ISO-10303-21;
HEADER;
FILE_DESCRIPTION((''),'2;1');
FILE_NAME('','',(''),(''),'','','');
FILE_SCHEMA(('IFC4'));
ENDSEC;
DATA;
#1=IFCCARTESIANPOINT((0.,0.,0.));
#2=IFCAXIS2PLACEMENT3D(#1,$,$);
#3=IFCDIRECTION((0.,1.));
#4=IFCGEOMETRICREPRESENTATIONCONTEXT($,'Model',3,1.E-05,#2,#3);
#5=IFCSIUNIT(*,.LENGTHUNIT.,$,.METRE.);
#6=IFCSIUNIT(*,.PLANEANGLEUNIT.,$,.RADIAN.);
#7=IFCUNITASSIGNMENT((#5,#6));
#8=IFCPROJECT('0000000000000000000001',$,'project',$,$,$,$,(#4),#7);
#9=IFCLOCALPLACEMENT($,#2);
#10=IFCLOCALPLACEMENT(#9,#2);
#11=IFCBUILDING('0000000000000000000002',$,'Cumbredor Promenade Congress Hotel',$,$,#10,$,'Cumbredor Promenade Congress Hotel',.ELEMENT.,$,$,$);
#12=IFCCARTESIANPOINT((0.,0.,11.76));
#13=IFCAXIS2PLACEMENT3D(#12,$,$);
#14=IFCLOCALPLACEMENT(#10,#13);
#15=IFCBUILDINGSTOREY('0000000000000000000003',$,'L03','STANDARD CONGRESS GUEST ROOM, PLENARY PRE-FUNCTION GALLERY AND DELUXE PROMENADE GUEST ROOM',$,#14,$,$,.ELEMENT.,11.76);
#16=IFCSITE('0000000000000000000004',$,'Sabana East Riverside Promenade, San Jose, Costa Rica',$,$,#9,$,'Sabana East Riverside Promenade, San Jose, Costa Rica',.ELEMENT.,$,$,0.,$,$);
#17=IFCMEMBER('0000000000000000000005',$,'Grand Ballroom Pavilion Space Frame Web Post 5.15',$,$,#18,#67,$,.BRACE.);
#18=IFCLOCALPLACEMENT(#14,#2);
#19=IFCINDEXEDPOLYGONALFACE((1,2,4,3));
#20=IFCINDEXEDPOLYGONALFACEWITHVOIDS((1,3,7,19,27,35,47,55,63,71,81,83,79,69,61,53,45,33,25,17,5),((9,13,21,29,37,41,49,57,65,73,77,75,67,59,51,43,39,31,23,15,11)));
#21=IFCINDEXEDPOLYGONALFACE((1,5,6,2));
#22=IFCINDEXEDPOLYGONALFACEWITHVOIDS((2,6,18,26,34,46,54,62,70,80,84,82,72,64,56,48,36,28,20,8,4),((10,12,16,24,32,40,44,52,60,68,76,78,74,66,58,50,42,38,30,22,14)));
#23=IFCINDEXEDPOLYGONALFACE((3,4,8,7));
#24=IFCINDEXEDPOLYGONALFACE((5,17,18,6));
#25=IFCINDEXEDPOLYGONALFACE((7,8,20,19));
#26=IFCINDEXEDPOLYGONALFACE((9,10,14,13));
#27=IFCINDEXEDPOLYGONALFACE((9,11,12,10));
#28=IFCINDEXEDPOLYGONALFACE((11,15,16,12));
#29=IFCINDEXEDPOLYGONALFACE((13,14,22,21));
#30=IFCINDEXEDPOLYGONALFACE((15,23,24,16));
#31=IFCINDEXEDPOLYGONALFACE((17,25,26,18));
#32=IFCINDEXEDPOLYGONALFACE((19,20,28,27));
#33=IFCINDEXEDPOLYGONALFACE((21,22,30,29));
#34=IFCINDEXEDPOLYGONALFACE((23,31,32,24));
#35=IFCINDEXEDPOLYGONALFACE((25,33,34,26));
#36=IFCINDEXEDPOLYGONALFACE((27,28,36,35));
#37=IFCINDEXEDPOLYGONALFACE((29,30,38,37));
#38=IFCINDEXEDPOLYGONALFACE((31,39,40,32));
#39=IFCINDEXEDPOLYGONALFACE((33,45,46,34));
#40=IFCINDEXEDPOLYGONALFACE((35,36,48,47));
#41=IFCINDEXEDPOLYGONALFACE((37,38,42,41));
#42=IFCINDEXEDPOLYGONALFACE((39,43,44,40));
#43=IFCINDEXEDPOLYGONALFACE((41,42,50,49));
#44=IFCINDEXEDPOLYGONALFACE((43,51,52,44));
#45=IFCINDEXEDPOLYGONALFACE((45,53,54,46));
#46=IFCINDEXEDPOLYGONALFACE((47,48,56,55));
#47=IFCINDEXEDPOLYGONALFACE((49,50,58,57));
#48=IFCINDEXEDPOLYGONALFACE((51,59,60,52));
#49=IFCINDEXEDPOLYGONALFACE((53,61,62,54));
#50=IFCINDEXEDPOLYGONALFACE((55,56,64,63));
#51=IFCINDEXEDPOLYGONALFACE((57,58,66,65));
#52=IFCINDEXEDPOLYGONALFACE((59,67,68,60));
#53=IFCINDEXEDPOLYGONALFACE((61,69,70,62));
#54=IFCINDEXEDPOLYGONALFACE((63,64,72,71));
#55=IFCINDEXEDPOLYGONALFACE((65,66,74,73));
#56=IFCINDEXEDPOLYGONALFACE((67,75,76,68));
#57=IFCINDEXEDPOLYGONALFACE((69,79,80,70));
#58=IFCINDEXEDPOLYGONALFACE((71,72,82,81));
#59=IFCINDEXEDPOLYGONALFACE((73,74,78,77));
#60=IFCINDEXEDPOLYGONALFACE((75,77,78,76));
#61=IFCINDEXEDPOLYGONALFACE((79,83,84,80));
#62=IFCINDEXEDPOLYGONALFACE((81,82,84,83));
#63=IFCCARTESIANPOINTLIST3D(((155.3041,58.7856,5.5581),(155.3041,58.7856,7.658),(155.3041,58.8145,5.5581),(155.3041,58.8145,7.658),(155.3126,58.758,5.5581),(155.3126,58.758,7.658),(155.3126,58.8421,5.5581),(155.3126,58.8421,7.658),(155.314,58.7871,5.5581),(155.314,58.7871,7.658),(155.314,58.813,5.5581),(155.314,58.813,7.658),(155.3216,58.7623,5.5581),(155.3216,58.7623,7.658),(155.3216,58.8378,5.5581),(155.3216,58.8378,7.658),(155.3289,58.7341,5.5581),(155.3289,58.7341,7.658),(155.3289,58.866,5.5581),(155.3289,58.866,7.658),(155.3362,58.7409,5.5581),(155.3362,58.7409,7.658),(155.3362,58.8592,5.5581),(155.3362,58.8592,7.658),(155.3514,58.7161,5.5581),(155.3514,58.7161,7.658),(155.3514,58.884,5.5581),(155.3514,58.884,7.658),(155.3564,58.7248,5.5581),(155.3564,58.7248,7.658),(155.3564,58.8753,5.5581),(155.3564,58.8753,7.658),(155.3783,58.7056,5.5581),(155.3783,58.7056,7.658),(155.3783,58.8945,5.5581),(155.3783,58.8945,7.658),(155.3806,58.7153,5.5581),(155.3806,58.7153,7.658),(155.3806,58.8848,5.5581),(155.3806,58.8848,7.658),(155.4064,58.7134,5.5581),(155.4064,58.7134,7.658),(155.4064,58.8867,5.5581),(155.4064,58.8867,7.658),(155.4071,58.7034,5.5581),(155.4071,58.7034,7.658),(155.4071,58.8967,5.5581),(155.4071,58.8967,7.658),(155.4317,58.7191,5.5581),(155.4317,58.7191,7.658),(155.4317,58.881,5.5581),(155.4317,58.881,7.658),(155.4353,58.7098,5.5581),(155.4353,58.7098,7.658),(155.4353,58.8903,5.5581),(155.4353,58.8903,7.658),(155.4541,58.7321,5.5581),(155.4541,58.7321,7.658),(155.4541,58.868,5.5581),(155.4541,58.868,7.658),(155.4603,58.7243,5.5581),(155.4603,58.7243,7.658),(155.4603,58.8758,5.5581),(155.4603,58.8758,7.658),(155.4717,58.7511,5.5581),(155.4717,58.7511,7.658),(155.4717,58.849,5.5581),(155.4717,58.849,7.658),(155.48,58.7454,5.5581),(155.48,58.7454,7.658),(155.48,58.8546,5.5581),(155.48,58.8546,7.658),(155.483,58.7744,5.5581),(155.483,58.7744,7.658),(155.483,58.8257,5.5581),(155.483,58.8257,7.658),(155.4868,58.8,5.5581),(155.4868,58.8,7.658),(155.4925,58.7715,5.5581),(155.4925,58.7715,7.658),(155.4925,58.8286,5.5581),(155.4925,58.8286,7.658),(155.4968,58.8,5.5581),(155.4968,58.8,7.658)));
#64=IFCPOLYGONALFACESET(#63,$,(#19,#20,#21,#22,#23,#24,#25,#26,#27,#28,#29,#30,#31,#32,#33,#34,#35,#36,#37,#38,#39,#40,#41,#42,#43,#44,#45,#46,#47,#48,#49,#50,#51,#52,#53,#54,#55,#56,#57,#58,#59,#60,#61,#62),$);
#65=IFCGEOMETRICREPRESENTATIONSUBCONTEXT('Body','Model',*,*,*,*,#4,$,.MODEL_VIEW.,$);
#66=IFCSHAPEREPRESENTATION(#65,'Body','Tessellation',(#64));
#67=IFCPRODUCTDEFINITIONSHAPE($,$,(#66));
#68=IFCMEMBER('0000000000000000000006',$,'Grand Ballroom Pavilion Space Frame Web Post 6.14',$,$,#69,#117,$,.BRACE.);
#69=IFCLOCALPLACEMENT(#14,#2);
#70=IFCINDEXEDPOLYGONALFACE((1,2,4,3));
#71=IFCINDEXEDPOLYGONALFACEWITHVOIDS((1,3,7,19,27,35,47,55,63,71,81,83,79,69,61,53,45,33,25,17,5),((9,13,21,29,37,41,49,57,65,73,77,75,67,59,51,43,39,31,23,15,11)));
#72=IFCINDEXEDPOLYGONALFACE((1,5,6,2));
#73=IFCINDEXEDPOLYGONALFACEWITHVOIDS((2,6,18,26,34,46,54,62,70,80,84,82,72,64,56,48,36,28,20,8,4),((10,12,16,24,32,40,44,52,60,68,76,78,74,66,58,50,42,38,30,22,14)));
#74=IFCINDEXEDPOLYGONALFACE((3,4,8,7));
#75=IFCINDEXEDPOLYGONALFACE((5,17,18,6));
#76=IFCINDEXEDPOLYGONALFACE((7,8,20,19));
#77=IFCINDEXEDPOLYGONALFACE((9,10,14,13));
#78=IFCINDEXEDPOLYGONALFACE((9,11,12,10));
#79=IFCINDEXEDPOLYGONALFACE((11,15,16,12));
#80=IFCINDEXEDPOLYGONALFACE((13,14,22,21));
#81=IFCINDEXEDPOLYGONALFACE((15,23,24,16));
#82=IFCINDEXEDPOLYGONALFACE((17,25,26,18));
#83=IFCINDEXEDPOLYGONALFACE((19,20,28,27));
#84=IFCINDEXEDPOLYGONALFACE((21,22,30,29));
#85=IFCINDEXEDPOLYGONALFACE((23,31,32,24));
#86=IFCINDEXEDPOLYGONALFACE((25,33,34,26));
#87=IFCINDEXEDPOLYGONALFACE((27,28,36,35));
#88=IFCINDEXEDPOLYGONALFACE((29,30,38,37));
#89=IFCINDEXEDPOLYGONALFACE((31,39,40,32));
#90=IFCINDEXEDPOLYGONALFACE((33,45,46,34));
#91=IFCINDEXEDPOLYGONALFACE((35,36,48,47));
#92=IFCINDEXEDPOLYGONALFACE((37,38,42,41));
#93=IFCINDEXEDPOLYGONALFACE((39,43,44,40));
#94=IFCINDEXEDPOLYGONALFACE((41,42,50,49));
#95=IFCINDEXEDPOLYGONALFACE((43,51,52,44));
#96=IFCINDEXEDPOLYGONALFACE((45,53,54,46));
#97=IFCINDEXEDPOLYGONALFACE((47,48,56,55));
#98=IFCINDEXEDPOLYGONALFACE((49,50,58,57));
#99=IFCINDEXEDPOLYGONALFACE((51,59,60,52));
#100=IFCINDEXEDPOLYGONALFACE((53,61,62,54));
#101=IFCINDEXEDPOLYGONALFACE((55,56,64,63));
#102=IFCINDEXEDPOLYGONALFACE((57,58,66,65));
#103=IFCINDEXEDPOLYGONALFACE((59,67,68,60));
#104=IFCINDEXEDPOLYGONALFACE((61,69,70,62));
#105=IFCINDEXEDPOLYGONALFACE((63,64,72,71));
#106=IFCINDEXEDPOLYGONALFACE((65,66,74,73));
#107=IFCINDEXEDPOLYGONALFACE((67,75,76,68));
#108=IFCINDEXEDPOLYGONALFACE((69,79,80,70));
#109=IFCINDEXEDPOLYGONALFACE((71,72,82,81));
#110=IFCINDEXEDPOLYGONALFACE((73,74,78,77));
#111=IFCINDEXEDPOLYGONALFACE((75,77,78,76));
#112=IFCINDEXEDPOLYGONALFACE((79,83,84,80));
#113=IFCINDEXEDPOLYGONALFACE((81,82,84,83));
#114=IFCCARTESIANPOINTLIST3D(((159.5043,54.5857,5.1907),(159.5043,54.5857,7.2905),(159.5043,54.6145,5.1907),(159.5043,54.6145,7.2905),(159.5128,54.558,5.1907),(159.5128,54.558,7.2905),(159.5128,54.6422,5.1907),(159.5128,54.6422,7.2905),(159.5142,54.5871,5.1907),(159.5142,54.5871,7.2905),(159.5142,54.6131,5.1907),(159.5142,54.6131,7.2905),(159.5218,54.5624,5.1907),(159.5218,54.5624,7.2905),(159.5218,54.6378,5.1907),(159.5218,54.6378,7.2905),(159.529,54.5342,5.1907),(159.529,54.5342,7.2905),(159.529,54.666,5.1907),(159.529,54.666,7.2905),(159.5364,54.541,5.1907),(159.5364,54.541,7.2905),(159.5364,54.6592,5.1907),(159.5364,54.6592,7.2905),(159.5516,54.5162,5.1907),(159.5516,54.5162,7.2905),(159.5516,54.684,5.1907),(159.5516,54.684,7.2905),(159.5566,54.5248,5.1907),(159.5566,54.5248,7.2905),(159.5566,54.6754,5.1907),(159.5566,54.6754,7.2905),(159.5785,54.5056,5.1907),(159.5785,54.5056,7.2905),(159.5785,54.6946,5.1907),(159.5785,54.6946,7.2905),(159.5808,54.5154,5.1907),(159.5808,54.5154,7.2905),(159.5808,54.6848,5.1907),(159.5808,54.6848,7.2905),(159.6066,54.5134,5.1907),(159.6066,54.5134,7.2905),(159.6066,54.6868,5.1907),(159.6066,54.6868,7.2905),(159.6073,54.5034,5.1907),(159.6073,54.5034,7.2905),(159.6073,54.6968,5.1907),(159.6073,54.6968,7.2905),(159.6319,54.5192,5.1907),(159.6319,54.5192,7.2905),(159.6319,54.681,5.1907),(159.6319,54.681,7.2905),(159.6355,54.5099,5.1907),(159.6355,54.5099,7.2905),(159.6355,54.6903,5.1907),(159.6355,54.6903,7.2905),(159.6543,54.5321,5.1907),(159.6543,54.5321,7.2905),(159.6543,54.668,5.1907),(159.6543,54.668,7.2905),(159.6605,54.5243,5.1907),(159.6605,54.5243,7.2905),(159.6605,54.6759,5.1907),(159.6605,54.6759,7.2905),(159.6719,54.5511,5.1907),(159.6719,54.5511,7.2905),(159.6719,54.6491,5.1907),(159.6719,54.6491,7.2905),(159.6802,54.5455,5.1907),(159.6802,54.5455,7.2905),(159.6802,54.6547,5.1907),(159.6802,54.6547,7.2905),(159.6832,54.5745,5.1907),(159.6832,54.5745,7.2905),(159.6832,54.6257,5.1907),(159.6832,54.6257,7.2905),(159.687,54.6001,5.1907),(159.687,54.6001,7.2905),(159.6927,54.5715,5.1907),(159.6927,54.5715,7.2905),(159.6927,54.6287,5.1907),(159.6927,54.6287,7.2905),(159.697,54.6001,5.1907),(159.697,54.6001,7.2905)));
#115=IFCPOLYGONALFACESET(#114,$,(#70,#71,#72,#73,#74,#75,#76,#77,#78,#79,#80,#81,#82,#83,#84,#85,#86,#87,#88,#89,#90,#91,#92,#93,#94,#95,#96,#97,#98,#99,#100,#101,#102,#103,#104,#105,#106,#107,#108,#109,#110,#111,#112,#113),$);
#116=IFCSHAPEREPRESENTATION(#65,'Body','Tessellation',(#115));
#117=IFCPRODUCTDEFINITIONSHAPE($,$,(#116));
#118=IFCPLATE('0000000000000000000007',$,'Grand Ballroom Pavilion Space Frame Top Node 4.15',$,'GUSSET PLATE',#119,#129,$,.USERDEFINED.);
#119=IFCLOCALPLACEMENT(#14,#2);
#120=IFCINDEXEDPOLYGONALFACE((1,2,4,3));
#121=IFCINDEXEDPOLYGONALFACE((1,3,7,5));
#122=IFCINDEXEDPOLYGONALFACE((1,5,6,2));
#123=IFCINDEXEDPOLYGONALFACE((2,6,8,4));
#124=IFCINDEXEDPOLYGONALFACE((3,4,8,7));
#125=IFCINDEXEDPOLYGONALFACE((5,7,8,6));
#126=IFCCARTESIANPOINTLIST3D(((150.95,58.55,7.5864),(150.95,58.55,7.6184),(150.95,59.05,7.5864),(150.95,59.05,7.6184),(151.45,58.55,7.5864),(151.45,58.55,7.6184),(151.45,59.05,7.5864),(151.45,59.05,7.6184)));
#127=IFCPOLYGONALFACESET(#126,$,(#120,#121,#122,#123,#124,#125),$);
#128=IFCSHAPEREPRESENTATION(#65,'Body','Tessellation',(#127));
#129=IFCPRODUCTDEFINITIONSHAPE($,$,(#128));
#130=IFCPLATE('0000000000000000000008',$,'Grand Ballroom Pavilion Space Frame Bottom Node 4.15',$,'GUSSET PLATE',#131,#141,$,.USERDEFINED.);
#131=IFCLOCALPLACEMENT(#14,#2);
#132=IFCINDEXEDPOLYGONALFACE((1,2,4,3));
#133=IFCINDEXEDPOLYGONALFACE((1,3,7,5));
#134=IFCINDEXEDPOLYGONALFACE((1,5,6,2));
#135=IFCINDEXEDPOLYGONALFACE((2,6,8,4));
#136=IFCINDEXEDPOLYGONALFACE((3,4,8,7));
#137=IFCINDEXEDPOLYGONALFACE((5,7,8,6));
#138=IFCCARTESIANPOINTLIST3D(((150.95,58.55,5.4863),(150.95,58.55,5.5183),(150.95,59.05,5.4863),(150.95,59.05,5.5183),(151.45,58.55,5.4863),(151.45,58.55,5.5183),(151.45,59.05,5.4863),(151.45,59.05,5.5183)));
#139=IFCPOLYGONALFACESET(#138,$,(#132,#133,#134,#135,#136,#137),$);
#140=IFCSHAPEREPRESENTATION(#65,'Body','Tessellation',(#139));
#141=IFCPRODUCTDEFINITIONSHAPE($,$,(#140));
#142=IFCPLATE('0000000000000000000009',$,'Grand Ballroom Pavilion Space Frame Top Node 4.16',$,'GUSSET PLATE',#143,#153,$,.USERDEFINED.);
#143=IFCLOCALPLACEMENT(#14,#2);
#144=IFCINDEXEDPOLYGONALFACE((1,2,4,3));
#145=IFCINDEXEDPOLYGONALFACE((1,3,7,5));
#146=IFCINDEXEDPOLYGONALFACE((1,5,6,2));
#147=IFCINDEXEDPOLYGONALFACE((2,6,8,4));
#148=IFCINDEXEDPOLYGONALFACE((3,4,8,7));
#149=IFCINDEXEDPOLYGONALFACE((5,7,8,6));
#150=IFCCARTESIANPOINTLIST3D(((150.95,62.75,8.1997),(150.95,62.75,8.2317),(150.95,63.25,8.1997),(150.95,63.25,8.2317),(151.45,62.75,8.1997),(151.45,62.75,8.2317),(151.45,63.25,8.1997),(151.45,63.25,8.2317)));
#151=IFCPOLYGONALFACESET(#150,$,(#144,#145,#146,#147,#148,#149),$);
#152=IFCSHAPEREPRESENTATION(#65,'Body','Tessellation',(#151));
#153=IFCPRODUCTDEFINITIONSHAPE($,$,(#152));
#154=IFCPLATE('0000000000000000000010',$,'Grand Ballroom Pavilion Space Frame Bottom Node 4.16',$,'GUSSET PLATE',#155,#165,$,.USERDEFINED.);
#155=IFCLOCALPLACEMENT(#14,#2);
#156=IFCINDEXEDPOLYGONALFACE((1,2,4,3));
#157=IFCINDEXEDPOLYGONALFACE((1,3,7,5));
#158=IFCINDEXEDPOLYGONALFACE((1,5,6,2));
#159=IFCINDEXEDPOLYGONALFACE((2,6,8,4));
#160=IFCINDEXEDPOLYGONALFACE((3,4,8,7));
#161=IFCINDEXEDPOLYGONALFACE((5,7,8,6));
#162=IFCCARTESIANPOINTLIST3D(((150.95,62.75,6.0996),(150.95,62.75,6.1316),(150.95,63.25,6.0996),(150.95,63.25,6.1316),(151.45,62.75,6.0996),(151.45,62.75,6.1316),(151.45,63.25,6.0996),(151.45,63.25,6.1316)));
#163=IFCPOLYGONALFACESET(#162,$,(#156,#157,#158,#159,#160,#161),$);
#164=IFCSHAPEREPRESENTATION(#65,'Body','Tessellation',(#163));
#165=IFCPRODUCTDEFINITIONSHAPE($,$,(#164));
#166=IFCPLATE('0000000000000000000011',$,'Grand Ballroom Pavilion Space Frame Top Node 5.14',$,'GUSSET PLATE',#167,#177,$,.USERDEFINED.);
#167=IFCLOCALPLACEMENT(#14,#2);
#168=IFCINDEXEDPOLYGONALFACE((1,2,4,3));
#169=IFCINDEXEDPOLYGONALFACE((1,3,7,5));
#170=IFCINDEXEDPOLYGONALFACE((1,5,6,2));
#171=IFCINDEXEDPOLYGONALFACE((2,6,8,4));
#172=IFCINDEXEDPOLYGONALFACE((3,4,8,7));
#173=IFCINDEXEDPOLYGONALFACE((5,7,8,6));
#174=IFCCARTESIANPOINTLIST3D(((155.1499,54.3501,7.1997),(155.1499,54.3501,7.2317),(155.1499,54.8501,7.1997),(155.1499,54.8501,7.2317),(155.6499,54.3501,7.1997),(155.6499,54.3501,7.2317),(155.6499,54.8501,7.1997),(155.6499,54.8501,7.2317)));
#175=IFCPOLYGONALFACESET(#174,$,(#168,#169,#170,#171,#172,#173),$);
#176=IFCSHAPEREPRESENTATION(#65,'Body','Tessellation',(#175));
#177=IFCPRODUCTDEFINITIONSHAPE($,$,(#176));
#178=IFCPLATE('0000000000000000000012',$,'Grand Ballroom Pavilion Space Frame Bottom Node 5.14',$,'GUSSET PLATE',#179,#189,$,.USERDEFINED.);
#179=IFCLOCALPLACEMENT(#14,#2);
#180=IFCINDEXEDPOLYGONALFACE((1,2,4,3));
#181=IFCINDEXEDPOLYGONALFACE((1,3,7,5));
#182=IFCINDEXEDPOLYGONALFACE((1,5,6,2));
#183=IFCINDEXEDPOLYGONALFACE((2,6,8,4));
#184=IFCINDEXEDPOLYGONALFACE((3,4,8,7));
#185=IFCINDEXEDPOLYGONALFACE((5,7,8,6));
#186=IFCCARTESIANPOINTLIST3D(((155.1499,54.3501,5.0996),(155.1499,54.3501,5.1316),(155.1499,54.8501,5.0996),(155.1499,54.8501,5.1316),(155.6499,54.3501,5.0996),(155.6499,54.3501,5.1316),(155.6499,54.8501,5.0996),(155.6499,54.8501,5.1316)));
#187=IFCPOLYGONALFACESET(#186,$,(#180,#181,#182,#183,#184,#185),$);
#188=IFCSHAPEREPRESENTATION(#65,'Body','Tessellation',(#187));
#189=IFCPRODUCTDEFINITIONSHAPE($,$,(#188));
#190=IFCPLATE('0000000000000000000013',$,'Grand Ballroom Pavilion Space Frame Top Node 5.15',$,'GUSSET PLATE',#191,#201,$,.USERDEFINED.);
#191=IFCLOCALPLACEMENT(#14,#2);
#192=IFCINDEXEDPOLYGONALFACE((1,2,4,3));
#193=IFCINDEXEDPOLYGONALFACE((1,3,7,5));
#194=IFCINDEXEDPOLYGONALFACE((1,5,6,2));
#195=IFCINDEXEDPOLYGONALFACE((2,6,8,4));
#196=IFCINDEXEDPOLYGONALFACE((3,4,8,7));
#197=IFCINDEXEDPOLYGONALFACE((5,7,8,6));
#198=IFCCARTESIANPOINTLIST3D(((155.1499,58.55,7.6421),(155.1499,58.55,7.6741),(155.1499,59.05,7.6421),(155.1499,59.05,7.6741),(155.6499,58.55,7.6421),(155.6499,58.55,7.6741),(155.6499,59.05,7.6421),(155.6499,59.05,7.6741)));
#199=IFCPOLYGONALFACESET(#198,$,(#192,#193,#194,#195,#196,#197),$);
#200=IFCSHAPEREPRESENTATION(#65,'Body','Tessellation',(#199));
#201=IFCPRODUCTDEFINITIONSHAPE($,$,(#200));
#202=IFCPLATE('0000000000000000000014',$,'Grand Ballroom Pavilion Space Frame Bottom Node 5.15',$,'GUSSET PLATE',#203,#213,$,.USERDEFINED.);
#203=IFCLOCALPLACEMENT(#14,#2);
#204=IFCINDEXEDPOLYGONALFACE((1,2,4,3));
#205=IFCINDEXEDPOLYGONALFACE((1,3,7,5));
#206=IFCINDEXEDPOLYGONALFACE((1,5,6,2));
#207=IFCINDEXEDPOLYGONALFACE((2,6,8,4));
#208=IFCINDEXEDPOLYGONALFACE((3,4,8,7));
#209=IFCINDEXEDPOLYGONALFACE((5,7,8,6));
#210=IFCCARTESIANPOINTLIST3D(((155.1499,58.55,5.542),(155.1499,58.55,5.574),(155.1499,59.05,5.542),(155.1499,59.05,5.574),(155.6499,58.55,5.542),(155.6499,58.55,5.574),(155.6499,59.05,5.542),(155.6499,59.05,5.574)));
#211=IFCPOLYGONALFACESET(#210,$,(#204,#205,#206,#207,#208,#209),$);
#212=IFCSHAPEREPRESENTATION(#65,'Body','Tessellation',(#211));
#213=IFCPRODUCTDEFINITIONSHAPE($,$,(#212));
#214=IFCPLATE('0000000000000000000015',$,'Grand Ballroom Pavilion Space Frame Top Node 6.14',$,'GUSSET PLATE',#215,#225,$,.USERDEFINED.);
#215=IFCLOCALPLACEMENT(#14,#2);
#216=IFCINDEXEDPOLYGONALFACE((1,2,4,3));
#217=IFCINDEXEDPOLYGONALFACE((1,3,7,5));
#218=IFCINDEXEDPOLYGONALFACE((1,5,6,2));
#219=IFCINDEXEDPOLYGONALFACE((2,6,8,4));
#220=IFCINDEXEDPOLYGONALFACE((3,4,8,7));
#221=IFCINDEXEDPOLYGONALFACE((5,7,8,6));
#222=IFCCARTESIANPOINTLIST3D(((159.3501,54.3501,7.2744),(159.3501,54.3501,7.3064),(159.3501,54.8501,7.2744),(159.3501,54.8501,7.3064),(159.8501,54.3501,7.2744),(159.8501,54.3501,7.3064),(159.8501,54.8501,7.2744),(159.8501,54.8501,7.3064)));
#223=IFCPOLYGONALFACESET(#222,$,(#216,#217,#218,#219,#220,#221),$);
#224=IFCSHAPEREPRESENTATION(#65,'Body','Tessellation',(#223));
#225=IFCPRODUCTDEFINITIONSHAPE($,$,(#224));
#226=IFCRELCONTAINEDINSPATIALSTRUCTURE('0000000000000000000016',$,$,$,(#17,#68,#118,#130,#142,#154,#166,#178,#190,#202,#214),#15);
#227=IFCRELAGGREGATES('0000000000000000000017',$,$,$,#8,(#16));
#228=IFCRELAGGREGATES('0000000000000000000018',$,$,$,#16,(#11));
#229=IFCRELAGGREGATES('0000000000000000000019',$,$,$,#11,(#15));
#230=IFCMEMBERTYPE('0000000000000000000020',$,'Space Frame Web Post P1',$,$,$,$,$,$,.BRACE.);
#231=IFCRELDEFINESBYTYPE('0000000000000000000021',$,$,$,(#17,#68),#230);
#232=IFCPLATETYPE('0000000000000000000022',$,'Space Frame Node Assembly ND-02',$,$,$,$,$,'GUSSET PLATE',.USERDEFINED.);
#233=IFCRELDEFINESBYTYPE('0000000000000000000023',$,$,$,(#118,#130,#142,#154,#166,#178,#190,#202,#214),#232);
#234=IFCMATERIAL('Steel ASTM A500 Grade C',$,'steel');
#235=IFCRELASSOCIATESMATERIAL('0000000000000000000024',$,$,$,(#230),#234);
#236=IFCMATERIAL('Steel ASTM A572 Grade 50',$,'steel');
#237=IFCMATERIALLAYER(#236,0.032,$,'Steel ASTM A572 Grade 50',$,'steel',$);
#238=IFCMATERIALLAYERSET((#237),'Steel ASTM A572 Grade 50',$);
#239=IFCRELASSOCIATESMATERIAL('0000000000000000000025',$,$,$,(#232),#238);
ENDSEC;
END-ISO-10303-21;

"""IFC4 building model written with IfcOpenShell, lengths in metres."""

from ifc_helpers import new_model, si_unit, direction, frame, origin, origin_2d, place, context, subcontext, project, spatial, rectangle, hollow_circle, extrude, material, layer, layer_set, material_profile, profile_set, type_object, element, save


model = new_model("IFC4")

# Units and contexts
model_context = context("Model", 3, precision=1e-05, world=origin(), true_north=direction((0.0, 1.0)))
body_context = subcontext(model_context, "Body", "Model", "MODEL_VIEW")
ifc_project = project(units=[si_unit("LENGTHUNIT", "METRE"), si_unit("PLANEANGLEUNIT", "RADIAN")], contexts=[model_context])

# Site, building, storey
site_placement = place(None, origin())
site = spatial("IfcSite", under=ifc_project, at=site_placement, Name="Sabana East Riverside Promenade, San Jose, Costa Rica", LongName="Sabana East Riverside Promenade, San Jose, Costa Rica", CompositionType="ELEMENT", RefElevation=0.0)
building_placement = place(site_placement, origin())
building = spatial("IfcBuilding", under=site, at=building_placement, Name="Cumbredor Promenade Congress Hotel", LongName="Cumbredor Promenade Congress Hotel", CompositionType="ELEMENT")
storey_placement = place(building_placement, frame((0.0, 0.0, 11.76)))
storey = spatial("IfcBuildingStorey", under=building, at=storey_placement, Name="L03", Description="STANDARD CONGRESS GUEST ROOM, PLENARY PRE-FUNCTION GALLERY AND DELUXE PROMENADE GUEST ROOM", CompositionType="ELEMENT", Elevation=11.76)

# Members
ifc_material_1 = material(Name="Steel ASTM A500 Grade C", Category="steel")
ifc_material_profile_1 = material_profile(ifc_material_1, hollow_circle(Radius=0.0969, WallThickness=0.01, at=origin_2d()), Name="CHS 193.7x10")
ifc_profile_set_1 = profile_set([ifc_material_profile_1], Name="Steel ASTM A500 Grade C")
member_type_1 = type_object("IfcMemberType", Name="Space Frame Web Post P1", PredefinedType="BRACE", material=ifc_profile_set_1)
for number, where, z_axis, x_axis, name in (
    (1, (155.3999, 58.8, 5.5581), (0.0, 0.0, 1.0), (1.0, 0.0, 0.0), "Grand Ballroom Pavilion Space Frame Web Post 5.15"),
    (2, (159.6001, 54.6001, 5.1907), (0.0, 0.0, 1.0), (1.0, 0.0, 0.0), "Grand Ballroom Pavilion Space Frame Web Post 6.14"),
):
    element("IfcMember", number, at=place(storey_placement, frame(where, z_axis=z_axis, x_axis=x_axis)), inside=storey, type_object=member_type_1, Name=name, PredefinedType="BRACE", context=body_context, shape_type="SweptSolid", body=[
        extrude(hollow_circle(Radius=0.0969, WallThickness=0.01, at=origin_2d()), origin(), (0.0, 0.0, 1.0), 2.0999),
    ])

# Plates
ifc_material_2 = material(Name="Steel ASTM A572 Grade 50", Category="steel")
ifc_layer = layer(ifc_material_2, 0.032, Name="Steel ASTM A572 Grade 50", Category="steel")
ifc_layer_set = layer_set([ifc_layer], Name="Steel ASTM A572 Grade 50")
plate_type = type_object("IfcPlateType", Name="Space Frame Node Assembly ND-02", ElementType="GUSSET PLATE", PredefinedType="USERDEFINED", material=ifc_layer_set)
for number, where, z_axis, x_axis, name in (
    (3, (151.2, 58.8, 7.5864), (0.0, 0.0, 1.0), (1.0, 0.0, 0.0), "Grand Ballroom Pavilion Space Frame Top Node 4.15"),
    (4, (151.2, 58.8, 5.4863), (0.0, 0.0, 1.0), (1.0, 0.0, 0.0), "Grand Ballroom Pavilion Space Frame Bottom Node 4.15"),
    (5, (151.2, 63.0, 8.1997), (0.0, 0.0, 1.0), (1.0, 0.0, 0.0), "Grand Ballroom Pavilion Space Frame Top Node 4.16"),
    (6, (151.2, 63.0, 6.0996), (0.0, 0.0, 1.0), (1.0, 0.0, 0.0), "Grand Ballroom Pavilion Space Frame Bottom Node 4.16"),
    (7, (155.3999, 54.6001, 7.1997), (0.0, 0.0, 1.0), (1.0, 0.0, 0.0), "Grand Ballroom Pavilion Space Frame Top Node 5.14"),
    (8, (155.3999, 54.6001, 5.0996), (0.0, 0.0, 1.0), (1.0, 0.0, 0.0), "Grand Ballroom Pavilion Space Frame Bottom Node 5.14"),
    (9, (155.3999, 58.8, 7.6421), (0.0, 0.0, 1.0), (1.0, 0.0, 0.0), "Grand Ballroom Pavilion Space Frame Top Node 5.15"),
    (10, (155.3999, 58.8, 5.542), (0.0, 0.0, 1.0), (1.0, 0.0, 0.0), "Grand Ballroom Pavilion Space Frame Bottom Node 5.15"),
    (11, (159.6001, 54.6001, 7.2744), (0.0, 0.0, 1.0), (1.0, 0.0, 0.0), "Grand Ballroom Pavilion Space Frame Top Node 6.14"),
):
    element("IfcPlate", number, at=place(storey_placement, frame(where, z_axis=z_axis, x_axis=x_axis)), inside=storey, type_object=plate_type, Name=name, ObjectType="GUSSET PLATE", PredefinedType="USERDEFINED", context=body_context, shape_type="SweptSolid", body=[
        extrude(rectangle(XDim=0.5, YDim=0.5, at=origin_2d()), origin(), (0.0, 0.0, 1.0), 0.032),
    ])

save(model, "model.ifc")
